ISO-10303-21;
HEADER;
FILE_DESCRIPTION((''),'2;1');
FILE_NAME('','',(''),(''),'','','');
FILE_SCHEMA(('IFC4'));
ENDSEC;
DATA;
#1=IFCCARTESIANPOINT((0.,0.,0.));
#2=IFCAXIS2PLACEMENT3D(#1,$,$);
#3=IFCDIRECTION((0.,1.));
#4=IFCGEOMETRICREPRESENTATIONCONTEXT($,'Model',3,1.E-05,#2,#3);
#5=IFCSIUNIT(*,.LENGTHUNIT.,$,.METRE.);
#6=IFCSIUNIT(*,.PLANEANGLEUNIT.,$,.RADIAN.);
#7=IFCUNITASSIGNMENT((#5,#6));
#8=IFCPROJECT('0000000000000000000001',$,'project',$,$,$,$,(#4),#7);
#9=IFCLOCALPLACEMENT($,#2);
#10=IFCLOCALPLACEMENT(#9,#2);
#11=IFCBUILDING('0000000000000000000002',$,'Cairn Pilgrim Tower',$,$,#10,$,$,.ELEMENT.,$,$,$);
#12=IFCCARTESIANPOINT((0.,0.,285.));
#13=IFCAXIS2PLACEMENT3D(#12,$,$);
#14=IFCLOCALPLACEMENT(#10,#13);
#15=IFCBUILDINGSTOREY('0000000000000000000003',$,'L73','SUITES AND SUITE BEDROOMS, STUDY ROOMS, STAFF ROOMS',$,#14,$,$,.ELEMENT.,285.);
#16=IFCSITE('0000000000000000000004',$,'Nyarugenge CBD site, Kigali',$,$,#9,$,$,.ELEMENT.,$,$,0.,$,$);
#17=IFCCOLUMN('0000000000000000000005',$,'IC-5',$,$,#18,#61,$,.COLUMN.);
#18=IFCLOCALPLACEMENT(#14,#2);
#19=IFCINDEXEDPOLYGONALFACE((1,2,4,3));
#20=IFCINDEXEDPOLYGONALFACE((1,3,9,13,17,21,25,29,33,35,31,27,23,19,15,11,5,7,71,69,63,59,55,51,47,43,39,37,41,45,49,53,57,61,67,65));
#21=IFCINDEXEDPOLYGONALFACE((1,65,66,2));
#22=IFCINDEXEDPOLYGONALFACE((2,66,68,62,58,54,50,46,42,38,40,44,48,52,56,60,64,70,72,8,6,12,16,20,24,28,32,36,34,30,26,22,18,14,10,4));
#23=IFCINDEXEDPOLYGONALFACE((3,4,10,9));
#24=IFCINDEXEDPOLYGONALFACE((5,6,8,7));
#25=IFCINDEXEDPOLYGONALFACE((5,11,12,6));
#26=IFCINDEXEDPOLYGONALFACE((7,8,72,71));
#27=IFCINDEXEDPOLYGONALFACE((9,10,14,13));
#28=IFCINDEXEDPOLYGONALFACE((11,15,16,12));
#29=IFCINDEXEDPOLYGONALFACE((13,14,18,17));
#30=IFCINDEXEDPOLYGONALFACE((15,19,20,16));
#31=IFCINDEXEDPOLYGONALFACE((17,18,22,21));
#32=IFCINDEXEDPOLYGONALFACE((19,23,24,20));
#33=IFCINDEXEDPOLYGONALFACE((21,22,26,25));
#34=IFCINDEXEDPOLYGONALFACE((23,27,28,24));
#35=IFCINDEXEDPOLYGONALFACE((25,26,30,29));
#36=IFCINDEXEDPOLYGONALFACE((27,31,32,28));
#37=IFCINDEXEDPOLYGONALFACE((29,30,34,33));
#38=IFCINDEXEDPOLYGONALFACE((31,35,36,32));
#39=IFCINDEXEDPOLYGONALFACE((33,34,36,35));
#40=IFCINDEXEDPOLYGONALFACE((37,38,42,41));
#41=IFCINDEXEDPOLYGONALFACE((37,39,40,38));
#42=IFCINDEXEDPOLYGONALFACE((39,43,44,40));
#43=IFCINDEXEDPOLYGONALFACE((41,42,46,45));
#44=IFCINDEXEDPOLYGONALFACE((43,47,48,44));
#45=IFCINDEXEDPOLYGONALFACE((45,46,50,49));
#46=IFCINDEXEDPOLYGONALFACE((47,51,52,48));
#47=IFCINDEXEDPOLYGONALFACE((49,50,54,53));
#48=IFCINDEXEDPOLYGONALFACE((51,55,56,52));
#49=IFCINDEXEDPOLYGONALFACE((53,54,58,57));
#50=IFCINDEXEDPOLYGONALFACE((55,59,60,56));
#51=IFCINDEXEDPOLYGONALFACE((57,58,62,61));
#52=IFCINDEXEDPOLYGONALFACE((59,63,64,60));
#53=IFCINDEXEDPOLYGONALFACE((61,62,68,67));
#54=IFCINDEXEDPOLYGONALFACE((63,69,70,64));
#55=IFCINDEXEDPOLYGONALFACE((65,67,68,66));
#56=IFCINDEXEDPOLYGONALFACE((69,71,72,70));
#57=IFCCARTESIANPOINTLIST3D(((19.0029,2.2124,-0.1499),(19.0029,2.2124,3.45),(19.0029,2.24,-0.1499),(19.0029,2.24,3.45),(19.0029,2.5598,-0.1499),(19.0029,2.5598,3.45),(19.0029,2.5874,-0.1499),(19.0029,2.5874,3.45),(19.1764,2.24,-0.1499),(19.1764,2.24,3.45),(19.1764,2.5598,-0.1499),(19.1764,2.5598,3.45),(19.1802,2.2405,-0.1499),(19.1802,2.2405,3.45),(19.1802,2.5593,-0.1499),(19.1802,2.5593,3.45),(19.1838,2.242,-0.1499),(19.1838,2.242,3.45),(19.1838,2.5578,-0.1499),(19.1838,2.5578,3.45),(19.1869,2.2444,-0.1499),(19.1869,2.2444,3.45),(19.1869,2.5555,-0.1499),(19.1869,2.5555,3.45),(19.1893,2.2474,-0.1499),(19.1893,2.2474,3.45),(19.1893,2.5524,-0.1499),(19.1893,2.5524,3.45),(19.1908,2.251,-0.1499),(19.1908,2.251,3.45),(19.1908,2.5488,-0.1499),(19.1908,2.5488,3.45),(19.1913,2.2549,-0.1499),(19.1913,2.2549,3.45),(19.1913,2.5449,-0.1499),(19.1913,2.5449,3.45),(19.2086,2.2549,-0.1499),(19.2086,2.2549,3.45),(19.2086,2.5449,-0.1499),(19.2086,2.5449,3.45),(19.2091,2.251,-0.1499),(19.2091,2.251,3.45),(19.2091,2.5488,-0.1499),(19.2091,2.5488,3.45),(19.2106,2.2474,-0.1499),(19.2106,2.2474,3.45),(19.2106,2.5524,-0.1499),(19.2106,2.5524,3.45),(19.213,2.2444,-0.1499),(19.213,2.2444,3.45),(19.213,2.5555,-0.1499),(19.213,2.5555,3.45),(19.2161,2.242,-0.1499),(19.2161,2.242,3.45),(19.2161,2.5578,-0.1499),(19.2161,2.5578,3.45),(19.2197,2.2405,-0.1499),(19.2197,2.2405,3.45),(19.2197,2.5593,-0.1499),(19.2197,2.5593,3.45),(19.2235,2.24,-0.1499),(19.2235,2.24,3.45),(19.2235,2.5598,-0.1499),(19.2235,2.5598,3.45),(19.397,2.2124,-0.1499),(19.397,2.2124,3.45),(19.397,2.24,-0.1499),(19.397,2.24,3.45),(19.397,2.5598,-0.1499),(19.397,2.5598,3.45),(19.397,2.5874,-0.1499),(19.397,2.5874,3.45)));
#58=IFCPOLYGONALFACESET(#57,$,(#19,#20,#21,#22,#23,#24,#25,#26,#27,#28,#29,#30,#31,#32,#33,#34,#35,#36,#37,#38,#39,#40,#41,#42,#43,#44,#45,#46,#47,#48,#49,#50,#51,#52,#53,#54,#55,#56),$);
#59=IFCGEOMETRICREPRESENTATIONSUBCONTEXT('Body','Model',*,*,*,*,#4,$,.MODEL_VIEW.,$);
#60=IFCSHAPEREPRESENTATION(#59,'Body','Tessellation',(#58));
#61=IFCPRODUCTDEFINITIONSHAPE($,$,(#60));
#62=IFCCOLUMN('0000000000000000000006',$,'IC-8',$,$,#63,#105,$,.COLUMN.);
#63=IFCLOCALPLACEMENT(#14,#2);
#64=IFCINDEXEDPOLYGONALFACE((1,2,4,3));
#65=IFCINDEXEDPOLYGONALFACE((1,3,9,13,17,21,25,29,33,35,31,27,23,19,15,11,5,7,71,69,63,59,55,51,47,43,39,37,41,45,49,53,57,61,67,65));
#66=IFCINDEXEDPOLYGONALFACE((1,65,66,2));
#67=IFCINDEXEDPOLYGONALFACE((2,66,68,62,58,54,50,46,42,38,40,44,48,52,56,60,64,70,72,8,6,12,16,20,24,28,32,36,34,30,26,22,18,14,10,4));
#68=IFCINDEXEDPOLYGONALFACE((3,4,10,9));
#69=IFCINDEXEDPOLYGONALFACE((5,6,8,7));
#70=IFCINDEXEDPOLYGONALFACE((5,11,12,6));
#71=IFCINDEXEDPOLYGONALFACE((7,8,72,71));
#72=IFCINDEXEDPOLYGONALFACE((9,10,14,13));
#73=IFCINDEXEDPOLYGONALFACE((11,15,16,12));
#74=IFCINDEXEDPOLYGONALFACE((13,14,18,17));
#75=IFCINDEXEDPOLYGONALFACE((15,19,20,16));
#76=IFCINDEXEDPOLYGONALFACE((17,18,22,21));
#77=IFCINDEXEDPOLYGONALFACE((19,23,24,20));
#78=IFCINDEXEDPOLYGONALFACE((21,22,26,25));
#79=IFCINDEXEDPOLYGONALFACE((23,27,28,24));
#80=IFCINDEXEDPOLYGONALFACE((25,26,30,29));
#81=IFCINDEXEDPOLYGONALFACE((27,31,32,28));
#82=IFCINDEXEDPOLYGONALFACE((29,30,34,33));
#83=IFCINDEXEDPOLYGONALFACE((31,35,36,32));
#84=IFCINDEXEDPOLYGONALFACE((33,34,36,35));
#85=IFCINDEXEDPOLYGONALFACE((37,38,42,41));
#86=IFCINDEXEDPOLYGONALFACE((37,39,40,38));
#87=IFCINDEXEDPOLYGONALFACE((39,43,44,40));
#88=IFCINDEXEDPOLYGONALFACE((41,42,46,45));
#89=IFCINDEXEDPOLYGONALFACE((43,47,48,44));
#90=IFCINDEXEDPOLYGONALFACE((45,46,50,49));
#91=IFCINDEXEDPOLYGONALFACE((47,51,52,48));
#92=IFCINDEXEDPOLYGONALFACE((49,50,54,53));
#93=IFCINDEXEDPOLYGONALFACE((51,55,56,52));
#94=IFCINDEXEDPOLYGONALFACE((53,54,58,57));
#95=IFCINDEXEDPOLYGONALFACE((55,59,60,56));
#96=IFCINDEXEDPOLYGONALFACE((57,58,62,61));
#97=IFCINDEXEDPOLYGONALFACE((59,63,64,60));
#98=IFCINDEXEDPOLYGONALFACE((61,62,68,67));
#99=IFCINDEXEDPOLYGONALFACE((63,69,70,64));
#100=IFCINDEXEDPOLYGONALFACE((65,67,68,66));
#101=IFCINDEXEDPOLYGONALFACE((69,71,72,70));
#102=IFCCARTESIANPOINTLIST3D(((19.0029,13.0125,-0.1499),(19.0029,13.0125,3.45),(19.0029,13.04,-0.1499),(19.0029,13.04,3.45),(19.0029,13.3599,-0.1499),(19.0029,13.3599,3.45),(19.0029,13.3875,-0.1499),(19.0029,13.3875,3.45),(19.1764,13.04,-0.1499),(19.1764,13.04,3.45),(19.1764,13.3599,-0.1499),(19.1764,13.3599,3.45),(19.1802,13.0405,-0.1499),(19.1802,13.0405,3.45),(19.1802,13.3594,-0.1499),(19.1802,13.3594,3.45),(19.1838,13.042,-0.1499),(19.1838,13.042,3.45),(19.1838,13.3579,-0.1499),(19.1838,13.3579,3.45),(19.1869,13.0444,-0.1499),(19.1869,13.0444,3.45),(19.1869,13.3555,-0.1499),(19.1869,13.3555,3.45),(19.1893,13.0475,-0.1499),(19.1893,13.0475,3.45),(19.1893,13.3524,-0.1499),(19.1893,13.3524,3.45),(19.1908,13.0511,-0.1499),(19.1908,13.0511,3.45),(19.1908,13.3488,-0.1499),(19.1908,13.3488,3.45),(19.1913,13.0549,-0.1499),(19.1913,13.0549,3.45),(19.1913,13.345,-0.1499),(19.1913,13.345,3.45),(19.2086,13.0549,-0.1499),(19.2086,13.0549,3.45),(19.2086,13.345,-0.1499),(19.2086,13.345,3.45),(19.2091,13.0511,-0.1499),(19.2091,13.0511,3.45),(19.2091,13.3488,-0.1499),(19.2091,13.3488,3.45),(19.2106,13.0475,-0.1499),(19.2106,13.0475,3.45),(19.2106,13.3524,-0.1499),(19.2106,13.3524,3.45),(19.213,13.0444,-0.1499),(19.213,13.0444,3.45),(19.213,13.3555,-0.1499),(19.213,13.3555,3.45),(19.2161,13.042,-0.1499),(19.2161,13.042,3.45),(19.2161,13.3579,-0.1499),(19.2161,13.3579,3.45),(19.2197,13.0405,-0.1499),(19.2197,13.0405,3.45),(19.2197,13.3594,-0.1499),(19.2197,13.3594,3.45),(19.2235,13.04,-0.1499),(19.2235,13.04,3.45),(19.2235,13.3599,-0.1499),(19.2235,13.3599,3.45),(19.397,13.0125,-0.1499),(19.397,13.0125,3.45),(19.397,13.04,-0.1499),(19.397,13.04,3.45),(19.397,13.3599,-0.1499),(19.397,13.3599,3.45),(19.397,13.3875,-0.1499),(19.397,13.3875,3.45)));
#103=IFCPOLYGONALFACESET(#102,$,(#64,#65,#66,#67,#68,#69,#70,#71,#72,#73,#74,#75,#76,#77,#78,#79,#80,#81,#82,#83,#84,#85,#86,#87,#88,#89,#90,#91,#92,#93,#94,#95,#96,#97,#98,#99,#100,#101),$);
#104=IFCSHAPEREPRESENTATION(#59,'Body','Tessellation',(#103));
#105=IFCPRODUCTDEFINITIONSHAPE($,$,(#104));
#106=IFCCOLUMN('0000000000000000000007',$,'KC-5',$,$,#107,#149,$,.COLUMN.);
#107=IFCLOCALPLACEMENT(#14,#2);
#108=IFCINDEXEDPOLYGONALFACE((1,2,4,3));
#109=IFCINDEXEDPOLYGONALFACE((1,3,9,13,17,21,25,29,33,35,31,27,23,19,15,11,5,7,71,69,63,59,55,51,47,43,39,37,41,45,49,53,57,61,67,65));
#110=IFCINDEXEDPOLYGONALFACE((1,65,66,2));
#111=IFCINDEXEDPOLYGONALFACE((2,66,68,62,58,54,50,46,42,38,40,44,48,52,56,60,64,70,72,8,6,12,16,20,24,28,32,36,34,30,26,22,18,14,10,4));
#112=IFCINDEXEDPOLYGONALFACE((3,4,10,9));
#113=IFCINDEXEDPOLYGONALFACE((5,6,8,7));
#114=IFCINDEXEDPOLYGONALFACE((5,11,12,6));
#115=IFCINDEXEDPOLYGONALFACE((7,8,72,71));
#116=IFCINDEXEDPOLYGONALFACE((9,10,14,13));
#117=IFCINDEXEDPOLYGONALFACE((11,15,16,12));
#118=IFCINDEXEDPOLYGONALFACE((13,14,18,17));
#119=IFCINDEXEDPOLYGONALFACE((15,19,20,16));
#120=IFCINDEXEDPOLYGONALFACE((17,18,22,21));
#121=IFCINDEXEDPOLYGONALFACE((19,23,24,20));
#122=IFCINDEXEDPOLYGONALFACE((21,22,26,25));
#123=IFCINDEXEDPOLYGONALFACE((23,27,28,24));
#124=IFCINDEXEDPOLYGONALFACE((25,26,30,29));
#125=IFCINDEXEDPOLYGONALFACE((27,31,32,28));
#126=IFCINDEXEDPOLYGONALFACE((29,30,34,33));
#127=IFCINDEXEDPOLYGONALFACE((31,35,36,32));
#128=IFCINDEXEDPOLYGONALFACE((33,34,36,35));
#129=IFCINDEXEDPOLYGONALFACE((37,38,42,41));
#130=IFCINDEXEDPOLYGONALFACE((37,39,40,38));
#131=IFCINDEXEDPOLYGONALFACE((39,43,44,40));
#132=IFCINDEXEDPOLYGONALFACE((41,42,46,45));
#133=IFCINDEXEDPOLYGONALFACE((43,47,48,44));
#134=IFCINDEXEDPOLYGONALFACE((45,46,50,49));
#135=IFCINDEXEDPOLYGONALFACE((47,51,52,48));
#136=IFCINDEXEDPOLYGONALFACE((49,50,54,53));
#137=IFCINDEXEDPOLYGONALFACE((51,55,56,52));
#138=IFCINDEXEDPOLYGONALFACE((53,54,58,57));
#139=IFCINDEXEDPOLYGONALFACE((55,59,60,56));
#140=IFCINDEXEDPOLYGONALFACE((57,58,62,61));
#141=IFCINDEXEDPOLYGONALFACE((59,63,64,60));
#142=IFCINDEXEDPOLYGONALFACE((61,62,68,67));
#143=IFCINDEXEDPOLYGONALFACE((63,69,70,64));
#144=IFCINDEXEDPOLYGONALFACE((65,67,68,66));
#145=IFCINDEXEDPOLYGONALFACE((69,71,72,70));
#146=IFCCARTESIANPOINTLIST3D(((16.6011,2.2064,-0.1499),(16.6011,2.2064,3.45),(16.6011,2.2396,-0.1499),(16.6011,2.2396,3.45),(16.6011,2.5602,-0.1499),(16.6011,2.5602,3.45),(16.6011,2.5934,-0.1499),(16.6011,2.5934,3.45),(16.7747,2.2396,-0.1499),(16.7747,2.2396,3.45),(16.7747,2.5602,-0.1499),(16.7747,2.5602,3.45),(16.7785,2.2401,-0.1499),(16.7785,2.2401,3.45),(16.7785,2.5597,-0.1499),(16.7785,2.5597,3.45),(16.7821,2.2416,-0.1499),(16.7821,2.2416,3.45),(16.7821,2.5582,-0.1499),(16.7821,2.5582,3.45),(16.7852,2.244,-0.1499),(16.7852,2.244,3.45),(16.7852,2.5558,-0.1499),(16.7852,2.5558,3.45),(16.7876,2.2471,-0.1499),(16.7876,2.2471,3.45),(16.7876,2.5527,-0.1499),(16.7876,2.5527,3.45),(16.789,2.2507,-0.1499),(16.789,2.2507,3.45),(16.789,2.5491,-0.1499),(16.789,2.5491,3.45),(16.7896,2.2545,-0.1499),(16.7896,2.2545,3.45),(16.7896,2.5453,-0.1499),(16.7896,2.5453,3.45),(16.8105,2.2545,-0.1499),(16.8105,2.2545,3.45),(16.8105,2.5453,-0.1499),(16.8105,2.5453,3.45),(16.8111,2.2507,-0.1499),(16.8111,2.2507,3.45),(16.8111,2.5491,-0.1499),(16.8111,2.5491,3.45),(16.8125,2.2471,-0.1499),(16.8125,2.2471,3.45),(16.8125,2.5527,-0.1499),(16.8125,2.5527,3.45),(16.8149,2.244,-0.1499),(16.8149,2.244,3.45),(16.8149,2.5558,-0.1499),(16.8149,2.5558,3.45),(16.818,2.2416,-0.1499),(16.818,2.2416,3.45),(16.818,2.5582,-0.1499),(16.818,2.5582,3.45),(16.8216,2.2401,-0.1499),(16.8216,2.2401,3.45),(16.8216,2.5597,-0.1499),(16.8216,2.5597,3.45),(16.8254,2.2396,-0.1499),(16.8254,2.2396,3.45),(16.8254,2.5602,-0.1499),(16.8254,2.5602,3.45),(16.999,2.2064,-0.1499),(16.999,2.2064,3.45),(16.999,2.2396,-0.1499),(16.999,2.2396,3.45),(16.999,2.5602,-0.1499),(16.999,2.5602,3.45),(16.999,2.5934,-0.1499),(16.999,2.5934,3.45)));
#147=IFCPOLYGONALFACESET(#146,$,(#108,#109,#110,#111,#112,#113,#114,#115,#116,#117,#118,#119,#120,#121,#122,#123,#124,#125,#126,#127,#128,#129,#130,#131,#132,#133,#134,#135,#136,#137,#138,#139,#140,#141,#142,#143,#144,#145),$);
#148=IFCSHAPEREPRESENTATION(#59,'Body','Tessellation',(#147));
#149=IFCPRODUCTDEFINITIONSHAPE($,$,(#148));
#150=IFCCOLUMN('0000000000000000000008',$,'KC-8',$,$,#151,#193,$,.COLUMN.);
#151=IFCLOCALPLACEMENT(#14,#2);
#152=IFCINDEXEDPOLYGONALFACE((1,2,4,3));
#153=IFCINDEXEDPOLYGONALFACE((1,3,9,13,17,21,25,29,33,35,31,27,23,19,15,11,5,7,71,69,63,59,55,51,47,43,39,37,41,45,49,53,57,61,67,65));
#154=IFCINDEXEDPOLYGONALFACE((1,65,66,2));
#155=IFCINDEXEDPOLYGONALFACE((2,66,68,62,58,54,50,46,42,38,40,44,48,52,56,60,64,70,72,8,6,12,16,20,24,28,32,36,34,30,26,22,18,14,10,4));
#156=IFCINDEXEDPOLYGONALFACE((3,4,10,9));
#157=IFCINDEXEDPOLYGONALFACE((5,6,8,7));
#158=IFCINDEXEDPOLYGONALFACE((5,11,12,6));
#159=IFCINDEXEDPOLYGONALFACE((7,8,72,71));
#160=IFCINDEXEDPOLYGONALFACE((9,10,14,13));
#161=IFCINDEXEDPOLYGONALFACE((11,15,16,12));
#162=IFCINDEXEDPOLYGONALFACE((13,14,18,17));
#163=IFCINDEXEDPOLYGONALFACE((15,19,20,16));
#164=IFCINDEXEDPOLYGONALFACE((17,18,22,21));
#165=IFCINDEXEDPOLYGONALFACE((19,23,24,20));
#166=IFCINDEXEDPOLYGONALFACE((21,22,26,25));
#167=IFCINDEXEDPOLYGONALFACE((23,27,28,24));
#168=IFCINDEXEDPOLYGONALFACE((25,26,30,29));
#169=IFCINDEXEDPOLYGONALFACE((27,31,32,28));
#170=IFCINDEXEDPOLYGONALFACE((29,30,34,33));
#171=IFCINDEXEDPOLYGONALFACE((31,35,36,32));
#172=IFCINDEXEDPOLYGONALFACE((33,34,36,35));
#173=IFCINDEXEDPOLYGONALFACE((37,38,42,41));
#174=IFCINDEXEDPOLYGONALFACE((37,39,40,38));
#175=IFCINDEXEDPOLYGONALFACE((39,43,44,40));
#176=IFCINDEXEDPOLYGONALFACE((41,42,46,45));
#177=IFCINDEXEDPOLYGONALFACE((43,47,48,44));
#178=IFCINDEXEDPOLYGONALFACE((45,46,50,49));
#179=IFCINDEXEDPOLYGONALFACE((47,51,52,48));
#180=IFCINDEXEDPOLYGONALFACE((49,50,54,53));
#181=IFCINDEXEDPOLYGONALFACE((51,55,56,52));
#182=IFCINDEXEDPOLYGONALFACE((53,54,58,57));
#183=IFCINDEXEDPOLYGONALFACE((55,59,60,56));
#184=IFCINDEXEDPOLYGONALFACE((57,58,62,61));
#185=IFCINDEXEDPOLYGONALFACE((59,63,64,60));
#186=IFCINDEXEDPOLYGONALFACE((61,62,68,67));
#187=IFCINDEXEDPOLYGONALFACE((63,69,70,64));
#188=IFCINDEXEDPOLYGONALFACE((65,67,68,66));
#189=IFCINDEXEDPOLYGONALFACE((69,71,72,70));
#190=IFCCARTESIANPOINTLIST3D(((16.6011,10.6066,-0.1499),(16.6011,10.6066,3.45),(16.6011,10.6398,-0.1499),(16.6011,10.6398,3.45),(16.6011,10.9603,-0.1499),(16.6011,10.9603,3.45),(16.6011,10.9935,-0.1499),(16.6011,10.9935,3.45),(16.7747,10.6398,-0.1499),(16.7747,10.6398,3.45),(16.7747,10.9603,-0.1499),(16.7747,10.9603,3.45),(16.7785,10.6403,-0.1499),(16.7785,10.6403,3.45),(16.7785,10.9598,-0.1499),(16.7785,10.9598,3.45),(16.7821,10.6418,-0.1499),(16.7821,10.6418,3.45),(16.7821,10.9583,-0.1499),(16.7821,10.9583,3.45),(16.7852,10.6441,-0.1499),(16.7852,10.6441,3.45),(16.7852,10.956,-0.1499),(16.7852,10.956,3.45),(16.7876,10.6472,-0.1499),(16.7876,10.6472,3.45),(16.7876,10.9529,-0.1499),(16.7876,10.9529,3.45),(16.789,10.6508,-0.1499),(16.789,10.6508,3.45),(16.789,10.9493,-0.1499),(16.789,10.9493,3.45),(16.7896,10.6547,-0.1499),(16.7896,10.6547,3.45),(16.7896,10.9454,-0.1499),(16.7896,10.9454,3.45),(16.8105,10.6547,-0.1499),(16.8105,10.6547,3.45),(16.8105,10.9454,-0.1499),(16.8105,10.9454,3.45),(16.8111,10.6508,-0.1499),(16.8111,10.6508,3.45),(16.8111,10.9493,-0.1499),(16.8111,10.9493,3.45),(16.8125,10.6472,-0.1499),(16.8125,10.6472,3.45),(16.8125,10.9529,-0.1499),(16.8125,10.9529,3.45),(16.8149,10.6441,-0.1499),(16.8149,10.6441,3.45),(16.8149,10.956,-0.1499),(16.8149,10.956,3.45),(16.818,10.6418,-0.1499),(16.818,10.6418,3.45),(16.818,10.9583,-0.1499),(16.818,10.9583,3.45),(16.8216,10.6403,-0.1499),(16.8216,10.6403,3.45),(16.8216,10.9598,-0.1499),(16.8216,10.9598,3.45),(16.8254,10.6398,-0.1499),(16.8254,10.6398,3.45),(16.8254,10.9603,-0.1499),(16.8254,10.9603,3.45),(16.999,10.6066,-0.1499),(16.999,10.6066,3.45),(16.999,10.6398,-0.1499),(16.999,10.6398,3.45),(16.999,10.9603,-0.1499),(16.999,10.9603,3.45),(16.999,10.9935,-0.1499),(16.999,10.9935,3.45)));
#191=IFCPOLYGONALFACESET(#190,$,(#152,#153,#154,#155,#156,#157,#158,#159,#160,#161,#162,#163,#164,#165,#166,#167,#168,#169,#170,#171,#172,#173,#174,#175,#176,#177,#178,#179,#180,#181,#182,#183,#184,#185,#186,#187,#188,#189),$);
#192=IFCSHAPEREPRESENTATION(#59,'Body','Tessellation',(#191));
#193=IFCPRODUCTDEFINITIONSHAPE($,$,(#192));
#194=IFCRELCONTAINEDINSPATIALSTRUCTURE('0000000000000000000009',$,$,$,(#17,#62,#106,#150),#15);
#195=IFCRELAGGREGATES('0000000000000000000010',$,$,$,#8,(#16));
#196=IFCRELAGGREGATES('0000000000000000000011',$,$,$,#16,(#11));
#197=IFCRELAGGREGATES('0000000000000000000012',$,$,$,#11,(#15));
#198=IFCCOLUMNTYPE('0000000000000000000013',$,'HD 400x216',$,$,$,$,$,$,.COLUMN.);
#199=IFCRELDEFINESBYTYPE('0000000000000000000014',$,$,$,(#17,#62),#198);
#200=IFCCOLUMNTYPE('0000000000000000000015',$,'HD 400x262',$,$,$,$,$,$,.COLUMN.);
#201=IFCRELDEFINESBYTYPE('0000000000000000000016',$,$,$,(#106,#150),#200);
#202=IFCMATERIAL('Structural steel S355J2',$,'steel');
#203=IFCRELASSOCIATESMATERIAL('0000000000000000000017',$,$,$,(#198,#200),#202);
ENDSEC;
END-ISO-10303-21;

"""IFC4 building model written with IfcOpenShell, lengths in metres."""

from ifc_helpers import new_model, si_unit, direction, frame, origin, origin_2d, place, context, subcontext, project, spatial, i_section, extrude, material, material_profile, profile_set, type_object, element, save


model = new_model("IFC4")

# Units and contexts
model_context = context("Model", 3, precision=1e-05, world=origin(), true_north=direction((0.0, 1.0)))
body_context = subcontext(model_context, "Body", "Model", "MODEL_VIEW")
ifc_project = project(units=[si_unit("LENGTHUNIT", "METRE"), si_unit("PLANEANGLEUNIT", "RADIAN")], contexts=[model_context])

# Site, building, storey
site_placement = place(None, origin())
site = spatial("IfcSite", under=ifc_project, at=site_placement, Name="Nyarugenge CBD site, Kigali", CompositionType="ELEMENT", RefElevation=0.0)
building_placement = place(site_placement, origin())
building = spatial("IfcBuilding", under=site, at=building_placement, Name="Cairn Pilgrim Tower", CompositionType="ELEMENT")
storey_placement = place(building_placement, frame((0.0, 0.0, 285.0)))
storey = spatial("IfcBuildingStorey", under=building, at=storey_placement, Name="L73", Description="SUITES AND SUITE BEDROOMS, STUDY ROOMS, STAFF ROOMS", CompositionType="ELEMENT", Elevation=285.0)

# Columns
ifc_material_1 = material(Name="Structural steel S355J2", Category="steel")
ifc_material_profile_1 = material_profile(ifc_material_1, i_section(OverallWidth=0.394, OverallDepth=0.375, WebThickness=0.0173, FlangeThickness=0.0276, FilletRadius=0.0149, at=origin_2d()), Name="HD 400x216")
ifc_profile_set_1 = profile_set([ifc_material_profile_1], Name="Structural steel S355J2")
column_type_1 = type_object("IfcColumnType", Name="HD 400x216", PredefinedType="COLUMN", material=ifc_profile_set_1)
for number, where, z_axis, x_axis, name in (
    (1, (19.2, 2.3999, -0.1499), (0.0, 0.0, 1.0), (1.0, 0.0, 0.0), "IC-5"),
    (2, (19.2, 13.2, -0.1499), (0.0, 0.0, 1.0), (1.0, 0.0, 0.0), "IC-8"),
):
    element("IfcColumn", number, at=place(storey_placement, frame(where, z_axis=z_axis, x_axis=x_axis)), inside=storey, type_object=column_type_1, Name=name, PredefinedType="COLUMN", context=body_context, shape_type="SweptSolid", body=[
        extrude(i_section(OverallWidth=0.394, OverallDepth=0.375, WebThickness=0.0173, FlangeThickness=0.0276, FilletRadius=0.0149, at=origin_2d()), origin(), (0.0, 0.0, 1.0), 3.5999),
    ])
ifc_material_profile_2 = material_profile(ifc_material_1, i_section(OverallWidth=0.3979, OverallDepth=0.387, WebThickness=0.021, FlangeThickness=0.0332, FilletRadius=0.0149, at=origin_2d()), Name="HD 400x262")
ifc_profile_set_2 = profile_set([ifc_material_profile_2], Name="Structural steel S355J2")
column_type_2 = type_object("IfcColumnType", Name="HD 400x262", PredefinedType="COLUMN", material=ifc_profile_set_2)
for number, where, z_axis, x_axis, name in (
    (3, (16.8, 2.3999, -0.1499), (0.0, 0.0, 1.0), (1.0, 0.0, 0.0), "KC-5"),
    (4, (16.8, 10.8, -0.1499), (0.0, 0.0, 1.0), (1.0, 0.0, 0.0), "KC-8"),
):
    element("IfcColumn", number, at=place(storey_placement, frame(where, z_axis=z_axis, x_axis=x_axis)), inside=storey, type_object=column_type_2, Name=name, PredefinedType="COLUMN", context=body_context, shape_type="SweptSolid", body=[
        extrude(i_section(OverallWidth=0.3979, OverallDepth=0.387, WebThickness=0.021, FlangeThickness=0.0332, FilletRadius=0.0149, at=origin_2d()), origin(), (0.0, 0.0, 1.0), 3.5999),
    ])

save(model, "model.ifc")
